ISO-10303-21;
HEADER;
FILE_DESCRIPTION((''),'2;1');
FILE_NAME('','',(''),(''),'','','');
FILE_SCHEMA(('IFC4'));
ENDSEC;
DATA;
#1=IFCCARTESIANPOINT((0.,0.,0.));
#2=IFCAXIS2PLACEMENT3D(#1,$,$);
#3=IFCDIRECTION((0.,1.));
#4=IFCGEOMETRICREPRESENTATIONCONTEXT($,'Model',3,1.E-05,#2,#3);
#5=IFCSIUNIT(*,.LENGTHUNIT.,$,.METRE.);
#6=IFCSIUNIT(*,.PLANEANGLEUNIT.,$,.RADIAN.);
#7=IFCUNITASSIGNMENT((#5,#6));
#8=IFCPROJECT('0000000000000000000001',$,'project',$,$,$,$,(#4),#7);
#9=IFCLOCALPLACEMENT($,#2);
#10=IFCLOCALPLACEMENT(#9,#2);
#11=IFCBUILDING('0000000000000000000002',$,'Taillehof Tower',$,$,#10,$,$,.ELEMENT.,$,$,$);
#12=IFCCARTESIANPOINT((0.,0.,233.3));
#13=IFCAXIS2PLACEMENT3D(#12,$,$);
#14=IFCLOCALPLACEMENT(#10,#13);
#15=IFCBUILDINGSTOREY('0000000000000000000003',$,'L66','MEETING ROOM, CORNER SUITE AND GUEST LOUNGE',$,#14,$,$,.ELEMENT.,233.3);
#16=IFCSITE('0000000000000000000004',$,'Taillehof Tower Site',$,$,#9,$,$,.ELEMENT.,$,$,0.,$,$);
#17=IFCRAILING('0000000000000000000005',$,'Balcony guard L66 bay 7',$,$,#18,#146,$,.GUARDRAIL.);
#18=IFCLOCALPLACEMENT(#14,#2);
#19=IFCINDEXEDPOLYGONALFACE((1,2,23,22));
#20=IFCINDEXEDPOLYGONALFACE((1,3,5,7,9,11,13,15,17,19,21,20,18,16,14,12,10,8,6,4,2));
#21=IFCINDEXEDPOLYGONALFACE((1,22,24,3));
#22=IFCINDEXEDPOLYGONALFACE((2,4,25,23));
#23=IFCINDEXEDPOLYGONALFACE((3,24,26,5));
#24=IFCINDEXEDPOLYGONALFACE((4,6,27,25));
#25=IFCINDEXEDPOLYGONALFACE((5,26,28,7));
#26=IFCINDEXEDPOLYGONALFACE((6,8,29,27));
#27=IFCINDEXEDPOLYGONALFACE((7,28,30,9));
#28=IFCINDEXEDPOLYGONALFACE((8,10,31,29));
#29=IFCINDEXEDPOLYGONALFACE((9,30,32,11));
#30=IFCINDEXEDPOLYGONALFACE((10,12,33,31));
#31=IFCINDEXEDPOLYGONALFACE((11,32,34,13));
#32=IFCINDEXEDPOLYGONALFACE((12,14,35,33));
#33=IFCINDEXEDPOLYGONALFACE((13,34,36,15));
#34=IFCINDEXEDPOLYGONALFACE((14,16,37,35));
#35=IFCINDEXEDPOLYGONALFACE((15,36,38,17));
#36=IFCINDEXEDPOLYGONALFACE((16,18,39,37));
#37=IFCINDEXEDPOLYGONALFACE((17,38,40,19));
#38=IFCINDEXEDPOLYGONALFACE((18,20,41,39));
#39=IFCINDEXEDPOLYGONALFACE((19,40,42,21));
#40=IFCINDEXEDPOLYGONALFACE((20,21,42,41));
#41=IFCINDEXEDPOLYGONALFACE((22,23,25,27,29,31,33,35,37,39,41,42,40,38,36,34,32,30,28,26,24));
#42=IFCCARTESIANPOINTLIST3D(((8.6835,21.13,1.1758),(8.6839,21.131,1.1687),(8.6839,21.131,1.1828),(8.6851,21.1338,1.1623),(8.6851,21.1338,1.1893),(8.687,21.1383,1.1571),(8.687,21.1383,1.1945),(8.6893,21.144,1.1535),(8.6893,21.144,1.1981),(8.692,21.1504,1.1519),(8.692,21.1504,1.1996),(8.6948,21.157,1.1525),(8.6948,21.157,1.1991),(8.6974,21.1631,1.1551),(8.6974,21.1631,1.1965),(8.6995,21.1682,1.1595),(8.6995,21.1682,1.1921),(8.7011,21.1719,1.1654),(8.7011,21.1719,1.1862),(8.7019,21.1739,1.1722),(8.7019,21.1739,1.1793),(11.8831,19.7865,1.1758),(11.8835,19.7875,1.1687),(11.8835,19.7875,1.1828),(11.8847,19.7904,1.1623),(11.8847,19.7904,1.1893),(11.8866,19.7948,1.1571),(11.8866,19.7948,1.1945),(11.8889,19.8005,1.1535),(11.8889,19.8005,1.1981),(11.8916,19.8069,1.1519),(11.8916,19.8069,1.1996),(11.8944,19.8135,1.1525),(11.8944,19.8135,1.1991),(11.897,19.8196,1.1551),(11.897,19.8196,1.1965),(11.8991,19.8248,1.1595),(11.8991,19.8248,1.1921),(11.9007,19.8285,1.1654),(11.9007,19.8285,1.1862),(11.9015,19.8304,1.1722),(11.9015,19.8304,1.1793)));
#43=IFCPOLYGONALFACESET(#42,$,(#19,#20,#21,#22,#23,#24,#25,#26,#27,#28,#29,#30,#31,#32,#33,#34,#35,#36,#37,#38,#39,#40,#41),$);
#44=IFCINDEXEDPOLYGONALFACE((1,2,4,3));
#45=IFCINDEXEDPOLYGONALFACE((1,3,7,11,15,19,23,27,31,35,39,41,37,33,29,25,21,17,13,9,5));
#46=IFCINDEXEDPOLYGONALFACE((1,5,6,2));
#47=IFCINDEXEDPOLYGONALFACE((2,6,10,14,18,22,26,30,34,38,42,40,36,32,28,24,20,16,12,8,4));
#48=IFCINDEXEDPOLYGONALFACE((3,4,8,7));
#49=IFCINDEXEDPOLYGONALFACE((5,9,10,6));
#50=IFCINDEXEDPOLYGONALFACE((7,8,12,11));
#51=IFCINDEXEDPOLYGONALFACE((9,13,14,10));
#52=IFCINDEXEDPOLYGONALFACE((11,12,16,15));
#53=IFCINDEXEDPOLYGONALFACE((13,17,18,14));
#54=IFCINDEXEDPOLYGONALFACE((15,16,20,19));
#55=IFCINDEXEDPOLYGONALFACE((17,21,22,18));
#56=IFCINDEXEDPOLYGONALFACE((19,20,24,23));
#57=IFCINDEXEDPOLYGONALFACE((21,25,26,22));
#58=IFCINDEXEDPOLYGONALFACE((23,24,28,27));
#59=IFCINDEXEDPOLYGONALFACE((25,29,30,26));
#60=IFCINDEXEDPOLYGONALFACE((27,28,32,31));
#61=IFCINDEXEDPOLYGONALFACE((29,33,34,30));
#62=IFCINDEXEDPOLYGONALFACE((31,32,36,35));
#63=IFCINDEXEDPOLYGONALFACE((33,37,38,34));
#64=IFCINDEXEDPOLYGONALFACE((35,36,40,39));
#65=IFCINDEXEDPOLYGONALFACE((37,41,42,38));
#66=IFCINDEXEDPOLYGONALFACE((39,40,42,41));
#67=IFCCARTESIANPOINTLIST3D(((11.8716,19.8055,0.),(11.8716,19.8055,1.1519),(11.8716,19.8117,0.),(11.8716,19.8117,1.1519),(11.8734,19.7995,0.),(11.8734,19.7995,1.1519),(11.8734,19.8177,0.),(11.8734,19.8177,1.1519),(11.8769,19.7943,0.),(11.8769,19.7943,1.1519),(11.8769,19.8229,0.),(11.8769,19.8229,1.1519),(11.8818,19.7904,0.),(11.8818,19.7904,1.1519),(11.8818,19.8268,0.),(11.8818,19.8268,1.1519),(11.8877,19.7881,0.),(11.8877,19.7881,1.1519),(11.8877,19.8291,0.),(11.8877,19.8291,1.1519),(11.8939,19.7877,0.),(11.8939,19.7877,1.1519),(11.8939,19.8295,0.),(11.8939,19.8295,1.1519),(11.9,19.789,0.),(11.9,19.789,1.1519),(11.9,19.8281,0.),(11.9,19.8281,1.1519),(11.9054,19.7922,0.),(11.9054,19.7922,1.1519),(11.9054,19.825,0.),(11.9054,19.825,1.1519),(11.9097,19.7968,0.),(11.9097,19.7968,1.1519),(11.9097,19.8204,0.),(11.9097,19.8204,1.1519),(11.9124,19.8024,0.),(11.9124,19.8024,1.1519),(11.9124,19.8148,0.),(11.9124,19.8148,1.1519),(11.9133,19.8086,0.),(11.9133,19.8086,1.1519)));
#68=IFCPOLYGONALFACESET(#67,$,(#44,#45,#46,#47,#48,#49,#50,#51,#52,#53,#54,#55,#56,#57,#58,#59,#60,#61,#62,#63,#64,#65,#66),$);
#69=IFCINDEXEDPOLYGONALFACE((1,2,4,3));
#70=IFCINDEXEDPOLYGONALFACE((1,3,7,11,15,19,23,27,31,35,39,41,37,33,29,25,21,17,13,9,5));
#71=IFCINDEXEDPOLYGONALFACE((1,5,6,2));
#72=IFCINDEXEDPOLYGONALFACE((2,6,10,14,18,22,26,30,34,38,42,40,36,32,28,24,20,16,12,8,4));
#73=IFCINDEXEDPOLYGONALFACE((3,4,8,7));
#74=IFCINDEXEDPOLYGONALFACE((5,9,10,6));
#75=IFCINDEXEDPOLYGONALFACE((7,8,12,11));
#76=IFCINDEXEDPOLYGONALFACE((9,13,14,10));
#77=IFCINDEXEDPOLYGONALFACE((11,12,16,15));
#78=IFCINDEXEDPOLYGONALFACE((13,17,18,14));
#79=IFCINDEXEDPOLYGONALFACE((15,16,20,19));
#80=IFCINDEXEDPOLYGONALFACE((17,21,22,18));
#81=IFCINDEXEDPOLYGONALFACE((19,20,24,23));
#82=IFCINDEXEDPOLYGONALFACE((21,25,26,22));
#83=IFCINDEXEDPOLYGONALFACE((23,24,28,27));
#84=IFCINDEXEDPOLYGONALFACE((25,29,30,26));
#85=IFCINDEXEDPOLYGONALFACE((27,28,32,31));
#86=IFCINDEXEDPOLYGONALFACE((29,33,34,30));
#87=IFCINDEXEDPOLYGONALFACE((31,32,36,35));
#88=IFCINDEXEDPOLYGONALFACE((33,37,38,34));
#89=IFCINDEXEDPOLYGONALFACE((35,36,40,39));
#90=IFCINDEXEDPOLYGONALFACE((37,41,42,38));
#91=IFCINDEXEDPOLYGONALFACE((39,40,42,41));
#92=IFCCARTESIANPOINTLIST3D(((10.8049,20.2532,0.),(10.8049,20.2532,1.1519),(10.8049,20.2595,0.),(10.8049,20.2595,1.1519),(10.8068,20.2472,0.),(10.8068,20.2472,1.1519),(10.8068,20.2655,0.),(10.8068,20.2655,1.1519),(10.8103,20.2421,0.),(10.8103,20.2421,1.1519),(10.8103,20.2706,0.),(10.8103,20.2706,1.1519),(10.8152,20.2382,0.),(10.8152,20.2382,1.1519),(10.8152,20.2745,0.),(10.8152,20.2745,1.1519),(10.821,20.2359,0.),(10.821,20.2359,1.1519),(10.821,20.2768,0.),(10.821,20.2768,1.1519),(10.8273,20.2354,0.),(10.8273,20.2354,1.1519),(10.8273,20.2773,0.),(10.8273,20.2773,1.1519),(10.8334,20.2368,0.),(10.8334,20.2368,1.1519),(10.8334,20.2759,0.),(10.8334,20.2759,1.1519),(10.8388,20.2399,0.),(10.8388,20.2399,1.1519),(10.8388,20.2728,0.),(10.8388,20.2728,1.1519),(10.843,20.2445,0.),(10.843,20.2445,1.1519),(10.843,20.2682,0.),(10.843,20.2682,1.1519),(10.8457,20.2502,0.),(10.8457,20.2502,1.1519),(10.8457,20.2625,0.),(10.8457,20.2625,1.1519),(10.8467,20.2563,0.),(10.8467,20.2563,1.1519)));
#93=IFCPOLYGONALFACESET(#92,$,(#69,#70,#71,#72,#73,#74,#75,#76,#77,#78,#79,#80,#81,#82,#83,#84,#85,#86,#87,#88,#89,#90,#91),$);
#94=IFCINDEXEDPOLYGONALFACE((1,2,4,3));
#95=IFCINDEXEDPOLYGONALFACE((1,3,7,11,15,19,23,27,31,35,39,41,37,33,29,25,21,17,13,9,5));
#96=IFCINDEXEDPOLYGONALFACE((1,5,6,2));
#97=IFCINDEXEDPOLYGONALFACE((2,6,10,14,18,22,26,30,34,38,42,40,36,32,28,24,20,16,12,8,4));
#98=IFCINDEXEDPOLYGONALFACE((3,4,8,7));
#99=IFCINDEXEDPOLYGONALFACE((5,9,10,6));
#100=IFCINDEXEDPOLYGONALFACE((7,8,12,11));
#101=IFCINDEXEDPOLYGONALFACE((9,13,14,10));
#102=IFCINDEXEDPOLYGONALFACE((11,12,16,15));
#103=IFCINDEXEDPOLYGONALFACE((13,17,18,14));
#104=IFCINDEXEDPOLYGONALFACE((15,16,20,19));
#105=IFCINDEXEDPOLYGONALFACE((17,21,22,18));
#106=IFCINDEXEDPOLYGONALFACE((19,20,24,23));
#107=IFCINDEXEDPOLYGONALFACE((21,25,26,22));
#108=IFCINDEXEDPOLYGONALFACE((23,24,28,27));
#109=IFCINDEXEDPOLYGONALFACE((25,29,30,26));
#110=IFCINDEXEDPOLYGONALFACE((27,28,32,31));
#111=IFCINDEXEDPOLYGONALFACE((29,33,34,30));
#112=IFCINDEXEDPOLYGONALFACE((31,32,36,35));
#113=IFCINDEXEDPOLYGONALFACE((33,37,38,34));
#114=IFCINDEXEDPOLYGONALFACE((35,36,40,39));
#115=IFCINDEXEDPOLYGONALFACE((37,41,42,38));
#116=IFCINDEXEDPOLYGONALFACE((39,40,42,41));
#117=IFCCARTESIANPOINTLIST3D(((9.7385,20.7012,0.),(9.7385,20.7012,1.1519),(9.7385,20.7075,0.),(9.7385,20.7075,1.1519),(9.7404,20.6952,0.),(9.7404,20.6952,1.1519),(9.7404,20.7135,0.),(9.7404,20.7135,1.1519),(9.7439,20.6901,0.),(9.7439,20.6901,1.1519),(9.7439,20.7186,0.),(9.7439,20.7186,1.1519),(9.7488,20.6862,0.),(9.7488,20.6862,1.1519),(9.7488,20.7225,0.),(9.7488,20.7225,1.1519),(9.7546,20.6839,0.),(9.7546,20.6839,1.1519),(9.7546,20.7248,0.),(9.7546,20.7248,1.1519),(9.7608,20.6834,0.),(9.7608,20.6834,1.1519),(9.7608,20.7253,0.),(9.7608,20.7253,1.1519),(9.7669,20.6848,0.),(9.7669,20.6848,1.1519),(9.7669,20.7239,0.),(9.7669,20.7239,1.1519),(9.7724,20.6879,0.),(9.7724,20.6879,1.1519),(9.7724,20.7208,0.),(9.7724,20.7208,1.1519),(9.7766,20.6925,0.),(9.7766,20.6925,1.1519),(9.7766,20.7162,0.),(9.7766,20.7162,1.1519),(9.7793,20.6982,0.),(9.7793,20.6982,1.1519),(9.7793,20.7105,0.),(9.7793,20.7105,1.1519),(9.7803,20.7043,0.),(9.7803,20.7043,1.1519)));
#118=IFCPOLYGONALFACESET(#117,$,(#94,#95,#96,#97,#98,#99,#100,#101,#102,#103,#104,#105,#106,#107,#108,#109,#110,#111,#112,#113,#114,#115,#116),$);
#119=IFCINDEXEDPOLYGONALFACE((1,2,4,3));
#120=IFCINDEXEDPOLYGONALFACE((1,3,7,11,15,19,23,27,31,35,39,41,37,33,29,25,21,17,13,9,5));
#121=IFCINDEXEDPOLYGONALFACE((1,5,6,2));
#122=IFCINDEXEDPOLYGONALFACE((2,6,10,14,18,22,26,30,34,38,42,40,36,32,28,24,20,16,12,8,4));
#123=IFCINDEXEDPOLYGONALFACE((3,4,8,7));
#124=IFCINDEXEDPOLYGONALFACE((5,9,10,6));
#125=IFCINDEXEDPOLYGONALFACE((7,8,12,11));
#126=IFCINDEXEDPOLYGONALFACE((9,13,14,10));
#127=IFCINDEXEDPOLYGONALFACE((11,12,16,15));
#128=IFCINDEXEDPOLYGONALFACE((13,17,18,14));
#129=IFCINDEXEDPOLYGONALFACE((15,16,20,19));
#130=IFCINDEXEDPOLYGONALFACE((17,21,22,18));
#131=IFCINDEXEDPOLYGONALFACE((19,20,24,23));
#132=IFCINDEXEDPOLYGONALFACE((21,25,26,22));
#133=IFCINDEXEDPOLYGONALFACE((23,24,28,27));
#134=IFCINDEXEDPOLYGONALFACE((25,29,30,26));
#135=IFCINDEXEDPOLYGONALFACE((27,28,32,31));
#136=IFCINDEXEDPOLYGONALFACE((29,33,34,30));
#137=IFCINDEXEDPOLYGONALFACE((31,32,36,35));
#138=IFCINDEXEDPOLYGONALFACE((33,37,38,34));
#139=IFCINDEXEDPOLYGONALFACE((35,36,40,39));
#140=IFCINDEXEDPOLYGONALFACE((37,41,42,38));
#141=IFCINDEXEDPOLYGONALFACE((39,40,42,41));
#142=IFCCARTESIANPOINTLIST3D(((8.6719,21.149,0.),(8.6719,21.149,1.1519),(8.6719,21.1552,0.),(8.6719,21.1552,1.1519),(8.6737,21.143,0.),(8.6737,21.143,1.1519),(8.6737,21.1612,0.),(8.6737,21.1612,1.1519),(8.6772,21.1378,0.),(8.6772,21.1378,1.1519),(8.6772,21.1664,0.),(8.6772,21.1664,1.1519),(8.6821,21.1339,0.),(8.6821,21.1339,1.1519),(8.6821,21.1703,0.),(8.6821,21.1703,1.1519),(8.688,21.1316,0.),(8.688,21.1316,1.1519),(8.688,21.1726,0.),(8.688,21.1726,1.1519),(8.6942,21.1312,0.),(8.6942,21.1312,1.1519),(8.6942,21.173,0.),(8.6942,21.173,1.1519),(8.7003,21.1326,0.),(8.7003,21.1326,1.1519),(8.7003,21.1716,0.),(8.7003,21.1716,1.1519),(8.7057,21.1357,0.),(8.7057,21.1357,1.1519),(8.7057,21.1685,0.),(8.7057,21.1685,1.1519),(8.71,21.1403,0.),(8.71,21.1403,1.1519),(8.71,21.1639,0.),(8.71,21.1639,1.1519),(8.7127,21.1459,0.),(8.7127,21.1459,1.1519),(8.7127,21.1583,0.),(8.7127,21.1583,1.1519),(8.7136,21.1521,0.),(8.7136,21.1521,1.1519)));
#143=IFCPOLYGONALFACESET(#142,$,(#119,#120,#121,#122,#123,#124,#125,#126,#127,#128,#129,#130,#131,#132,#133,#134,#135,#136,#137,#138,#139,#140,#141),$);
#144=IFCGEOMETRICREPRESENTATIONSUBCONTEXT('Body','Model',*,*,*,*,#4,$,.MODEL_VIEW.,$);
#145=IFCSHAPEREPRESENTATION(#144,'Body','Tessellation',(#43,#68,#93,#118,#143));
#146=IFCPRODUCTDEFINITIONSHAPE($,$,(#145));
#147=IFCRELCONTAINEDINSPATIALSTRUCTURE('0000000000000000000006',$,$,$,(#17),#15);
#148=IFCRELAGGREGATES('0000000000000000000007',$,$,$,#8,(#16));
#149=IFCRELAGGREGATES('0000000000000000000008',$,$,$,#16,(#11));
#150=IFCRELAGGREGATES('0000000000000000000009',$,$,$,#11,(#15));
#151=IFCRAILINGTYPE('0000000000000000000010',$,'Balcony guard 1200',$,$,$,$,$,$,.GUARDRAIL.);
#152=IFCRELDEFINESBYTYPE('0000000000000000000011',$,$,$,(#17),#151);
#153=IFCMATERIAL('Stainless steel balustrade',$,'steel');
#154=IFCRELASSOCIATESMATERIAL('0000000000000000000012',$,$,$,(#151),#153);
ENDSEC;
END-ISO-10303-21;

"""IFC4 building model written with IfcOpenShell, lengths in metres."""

from ifc_helpers import new_model, si_unit, direction, frame, origin, origin_2d, place, context, subcontext, project, spatial, circle, extrude, material, type_object, element, save


model = new_model("IFC4")

# Units and contexts
model_context = context("Model", 3, precision=1e-05, world=origin(), true_north=direction((0.0, 1.0)))
body_context = subcontext(model_context, "Body", "Model", "MODEL_VIEW")
ifc_project = project(units=[si_unit("LENGTHUNIT", "METRE"), si_unit("PLANEANGLEUNIT", "RADIAN")], contexts=[model_context])

# Site, building, storey
site_placement = place(None, origin())
site = spatial("IfcSite", under=ifc_project, at=site_placement, Name="Taillehof Tower Site", CompositionType="ELEMENT", RefElevation=0.0)
building_placement = place(site_placement, origin())
building = spatial("IfcBuilding", under=site, at=building_placement, Name="Taillehof Tower", CompositionType="ELEMENT")
storey_placement = place(building_placement, frame((0.0, 0.0, 233.3)))
storey = spatial("IfcBuildingStorey", under=building, at=storey_placement, Name="L66", Description="MEETING ROOM, CORNER SUITE AND GUEST LOUNGE", CompositionType="ELEMENT", Elevation=233.3)

# Railing
ifc_material_1 = material(Name="Stainless steel balustrade", Category="steel")
railing_type = type_object("IfcRailingType", Name="Balcony guard 1200", PredefinedType="GUARDRAIL", material=ifc_material_1)
railing_1_placement = place(storey_placement, frame((11.8923, 19.8086, 0.0)))
element("IfcRailing", 1, at=railing_1_placement, inside=storey, type_object=railing_type, Name="Balcony guard L66 bay 7", PredefinedType="GUARDRAIL", context=body_context, shape_type="SweptSolid", body=[
    extrude(circle(Radius=0.0239, at=origin_2d()), frame((0.0, 0.0, 1.1758), z_axis=(-0.92202, 0.387142, 0.0), x_axis=(-0.387142, -0.92202, 0.0)), (0.0, 0.0, 1.0), 3.4702),
    extrude(circle(Radius=0.021, at=origin_2d()), origin(), (0.0, 0.0, 1.0), 1.1519),
    extrude(circle(Radius=0.021, at=origin_2d()), frame((-1.0667, 0.4478, 0.0)), (0.0, 0.0, 1.0), 1.1519),
    extrude(circle(Radius=0.021, at=origin_2d()), frame((-2.1331, 0.8958, 0.0)), (0.0, 0.0, 1.0), 1.1519),
    extrude(circle(Radius=0.021, at=origin_2d()), frame((-3.1997, 1.3435, 0.0)), (0.0, 0.0, 1.0), 1.1519),
])

save(model, "model.ifc")
